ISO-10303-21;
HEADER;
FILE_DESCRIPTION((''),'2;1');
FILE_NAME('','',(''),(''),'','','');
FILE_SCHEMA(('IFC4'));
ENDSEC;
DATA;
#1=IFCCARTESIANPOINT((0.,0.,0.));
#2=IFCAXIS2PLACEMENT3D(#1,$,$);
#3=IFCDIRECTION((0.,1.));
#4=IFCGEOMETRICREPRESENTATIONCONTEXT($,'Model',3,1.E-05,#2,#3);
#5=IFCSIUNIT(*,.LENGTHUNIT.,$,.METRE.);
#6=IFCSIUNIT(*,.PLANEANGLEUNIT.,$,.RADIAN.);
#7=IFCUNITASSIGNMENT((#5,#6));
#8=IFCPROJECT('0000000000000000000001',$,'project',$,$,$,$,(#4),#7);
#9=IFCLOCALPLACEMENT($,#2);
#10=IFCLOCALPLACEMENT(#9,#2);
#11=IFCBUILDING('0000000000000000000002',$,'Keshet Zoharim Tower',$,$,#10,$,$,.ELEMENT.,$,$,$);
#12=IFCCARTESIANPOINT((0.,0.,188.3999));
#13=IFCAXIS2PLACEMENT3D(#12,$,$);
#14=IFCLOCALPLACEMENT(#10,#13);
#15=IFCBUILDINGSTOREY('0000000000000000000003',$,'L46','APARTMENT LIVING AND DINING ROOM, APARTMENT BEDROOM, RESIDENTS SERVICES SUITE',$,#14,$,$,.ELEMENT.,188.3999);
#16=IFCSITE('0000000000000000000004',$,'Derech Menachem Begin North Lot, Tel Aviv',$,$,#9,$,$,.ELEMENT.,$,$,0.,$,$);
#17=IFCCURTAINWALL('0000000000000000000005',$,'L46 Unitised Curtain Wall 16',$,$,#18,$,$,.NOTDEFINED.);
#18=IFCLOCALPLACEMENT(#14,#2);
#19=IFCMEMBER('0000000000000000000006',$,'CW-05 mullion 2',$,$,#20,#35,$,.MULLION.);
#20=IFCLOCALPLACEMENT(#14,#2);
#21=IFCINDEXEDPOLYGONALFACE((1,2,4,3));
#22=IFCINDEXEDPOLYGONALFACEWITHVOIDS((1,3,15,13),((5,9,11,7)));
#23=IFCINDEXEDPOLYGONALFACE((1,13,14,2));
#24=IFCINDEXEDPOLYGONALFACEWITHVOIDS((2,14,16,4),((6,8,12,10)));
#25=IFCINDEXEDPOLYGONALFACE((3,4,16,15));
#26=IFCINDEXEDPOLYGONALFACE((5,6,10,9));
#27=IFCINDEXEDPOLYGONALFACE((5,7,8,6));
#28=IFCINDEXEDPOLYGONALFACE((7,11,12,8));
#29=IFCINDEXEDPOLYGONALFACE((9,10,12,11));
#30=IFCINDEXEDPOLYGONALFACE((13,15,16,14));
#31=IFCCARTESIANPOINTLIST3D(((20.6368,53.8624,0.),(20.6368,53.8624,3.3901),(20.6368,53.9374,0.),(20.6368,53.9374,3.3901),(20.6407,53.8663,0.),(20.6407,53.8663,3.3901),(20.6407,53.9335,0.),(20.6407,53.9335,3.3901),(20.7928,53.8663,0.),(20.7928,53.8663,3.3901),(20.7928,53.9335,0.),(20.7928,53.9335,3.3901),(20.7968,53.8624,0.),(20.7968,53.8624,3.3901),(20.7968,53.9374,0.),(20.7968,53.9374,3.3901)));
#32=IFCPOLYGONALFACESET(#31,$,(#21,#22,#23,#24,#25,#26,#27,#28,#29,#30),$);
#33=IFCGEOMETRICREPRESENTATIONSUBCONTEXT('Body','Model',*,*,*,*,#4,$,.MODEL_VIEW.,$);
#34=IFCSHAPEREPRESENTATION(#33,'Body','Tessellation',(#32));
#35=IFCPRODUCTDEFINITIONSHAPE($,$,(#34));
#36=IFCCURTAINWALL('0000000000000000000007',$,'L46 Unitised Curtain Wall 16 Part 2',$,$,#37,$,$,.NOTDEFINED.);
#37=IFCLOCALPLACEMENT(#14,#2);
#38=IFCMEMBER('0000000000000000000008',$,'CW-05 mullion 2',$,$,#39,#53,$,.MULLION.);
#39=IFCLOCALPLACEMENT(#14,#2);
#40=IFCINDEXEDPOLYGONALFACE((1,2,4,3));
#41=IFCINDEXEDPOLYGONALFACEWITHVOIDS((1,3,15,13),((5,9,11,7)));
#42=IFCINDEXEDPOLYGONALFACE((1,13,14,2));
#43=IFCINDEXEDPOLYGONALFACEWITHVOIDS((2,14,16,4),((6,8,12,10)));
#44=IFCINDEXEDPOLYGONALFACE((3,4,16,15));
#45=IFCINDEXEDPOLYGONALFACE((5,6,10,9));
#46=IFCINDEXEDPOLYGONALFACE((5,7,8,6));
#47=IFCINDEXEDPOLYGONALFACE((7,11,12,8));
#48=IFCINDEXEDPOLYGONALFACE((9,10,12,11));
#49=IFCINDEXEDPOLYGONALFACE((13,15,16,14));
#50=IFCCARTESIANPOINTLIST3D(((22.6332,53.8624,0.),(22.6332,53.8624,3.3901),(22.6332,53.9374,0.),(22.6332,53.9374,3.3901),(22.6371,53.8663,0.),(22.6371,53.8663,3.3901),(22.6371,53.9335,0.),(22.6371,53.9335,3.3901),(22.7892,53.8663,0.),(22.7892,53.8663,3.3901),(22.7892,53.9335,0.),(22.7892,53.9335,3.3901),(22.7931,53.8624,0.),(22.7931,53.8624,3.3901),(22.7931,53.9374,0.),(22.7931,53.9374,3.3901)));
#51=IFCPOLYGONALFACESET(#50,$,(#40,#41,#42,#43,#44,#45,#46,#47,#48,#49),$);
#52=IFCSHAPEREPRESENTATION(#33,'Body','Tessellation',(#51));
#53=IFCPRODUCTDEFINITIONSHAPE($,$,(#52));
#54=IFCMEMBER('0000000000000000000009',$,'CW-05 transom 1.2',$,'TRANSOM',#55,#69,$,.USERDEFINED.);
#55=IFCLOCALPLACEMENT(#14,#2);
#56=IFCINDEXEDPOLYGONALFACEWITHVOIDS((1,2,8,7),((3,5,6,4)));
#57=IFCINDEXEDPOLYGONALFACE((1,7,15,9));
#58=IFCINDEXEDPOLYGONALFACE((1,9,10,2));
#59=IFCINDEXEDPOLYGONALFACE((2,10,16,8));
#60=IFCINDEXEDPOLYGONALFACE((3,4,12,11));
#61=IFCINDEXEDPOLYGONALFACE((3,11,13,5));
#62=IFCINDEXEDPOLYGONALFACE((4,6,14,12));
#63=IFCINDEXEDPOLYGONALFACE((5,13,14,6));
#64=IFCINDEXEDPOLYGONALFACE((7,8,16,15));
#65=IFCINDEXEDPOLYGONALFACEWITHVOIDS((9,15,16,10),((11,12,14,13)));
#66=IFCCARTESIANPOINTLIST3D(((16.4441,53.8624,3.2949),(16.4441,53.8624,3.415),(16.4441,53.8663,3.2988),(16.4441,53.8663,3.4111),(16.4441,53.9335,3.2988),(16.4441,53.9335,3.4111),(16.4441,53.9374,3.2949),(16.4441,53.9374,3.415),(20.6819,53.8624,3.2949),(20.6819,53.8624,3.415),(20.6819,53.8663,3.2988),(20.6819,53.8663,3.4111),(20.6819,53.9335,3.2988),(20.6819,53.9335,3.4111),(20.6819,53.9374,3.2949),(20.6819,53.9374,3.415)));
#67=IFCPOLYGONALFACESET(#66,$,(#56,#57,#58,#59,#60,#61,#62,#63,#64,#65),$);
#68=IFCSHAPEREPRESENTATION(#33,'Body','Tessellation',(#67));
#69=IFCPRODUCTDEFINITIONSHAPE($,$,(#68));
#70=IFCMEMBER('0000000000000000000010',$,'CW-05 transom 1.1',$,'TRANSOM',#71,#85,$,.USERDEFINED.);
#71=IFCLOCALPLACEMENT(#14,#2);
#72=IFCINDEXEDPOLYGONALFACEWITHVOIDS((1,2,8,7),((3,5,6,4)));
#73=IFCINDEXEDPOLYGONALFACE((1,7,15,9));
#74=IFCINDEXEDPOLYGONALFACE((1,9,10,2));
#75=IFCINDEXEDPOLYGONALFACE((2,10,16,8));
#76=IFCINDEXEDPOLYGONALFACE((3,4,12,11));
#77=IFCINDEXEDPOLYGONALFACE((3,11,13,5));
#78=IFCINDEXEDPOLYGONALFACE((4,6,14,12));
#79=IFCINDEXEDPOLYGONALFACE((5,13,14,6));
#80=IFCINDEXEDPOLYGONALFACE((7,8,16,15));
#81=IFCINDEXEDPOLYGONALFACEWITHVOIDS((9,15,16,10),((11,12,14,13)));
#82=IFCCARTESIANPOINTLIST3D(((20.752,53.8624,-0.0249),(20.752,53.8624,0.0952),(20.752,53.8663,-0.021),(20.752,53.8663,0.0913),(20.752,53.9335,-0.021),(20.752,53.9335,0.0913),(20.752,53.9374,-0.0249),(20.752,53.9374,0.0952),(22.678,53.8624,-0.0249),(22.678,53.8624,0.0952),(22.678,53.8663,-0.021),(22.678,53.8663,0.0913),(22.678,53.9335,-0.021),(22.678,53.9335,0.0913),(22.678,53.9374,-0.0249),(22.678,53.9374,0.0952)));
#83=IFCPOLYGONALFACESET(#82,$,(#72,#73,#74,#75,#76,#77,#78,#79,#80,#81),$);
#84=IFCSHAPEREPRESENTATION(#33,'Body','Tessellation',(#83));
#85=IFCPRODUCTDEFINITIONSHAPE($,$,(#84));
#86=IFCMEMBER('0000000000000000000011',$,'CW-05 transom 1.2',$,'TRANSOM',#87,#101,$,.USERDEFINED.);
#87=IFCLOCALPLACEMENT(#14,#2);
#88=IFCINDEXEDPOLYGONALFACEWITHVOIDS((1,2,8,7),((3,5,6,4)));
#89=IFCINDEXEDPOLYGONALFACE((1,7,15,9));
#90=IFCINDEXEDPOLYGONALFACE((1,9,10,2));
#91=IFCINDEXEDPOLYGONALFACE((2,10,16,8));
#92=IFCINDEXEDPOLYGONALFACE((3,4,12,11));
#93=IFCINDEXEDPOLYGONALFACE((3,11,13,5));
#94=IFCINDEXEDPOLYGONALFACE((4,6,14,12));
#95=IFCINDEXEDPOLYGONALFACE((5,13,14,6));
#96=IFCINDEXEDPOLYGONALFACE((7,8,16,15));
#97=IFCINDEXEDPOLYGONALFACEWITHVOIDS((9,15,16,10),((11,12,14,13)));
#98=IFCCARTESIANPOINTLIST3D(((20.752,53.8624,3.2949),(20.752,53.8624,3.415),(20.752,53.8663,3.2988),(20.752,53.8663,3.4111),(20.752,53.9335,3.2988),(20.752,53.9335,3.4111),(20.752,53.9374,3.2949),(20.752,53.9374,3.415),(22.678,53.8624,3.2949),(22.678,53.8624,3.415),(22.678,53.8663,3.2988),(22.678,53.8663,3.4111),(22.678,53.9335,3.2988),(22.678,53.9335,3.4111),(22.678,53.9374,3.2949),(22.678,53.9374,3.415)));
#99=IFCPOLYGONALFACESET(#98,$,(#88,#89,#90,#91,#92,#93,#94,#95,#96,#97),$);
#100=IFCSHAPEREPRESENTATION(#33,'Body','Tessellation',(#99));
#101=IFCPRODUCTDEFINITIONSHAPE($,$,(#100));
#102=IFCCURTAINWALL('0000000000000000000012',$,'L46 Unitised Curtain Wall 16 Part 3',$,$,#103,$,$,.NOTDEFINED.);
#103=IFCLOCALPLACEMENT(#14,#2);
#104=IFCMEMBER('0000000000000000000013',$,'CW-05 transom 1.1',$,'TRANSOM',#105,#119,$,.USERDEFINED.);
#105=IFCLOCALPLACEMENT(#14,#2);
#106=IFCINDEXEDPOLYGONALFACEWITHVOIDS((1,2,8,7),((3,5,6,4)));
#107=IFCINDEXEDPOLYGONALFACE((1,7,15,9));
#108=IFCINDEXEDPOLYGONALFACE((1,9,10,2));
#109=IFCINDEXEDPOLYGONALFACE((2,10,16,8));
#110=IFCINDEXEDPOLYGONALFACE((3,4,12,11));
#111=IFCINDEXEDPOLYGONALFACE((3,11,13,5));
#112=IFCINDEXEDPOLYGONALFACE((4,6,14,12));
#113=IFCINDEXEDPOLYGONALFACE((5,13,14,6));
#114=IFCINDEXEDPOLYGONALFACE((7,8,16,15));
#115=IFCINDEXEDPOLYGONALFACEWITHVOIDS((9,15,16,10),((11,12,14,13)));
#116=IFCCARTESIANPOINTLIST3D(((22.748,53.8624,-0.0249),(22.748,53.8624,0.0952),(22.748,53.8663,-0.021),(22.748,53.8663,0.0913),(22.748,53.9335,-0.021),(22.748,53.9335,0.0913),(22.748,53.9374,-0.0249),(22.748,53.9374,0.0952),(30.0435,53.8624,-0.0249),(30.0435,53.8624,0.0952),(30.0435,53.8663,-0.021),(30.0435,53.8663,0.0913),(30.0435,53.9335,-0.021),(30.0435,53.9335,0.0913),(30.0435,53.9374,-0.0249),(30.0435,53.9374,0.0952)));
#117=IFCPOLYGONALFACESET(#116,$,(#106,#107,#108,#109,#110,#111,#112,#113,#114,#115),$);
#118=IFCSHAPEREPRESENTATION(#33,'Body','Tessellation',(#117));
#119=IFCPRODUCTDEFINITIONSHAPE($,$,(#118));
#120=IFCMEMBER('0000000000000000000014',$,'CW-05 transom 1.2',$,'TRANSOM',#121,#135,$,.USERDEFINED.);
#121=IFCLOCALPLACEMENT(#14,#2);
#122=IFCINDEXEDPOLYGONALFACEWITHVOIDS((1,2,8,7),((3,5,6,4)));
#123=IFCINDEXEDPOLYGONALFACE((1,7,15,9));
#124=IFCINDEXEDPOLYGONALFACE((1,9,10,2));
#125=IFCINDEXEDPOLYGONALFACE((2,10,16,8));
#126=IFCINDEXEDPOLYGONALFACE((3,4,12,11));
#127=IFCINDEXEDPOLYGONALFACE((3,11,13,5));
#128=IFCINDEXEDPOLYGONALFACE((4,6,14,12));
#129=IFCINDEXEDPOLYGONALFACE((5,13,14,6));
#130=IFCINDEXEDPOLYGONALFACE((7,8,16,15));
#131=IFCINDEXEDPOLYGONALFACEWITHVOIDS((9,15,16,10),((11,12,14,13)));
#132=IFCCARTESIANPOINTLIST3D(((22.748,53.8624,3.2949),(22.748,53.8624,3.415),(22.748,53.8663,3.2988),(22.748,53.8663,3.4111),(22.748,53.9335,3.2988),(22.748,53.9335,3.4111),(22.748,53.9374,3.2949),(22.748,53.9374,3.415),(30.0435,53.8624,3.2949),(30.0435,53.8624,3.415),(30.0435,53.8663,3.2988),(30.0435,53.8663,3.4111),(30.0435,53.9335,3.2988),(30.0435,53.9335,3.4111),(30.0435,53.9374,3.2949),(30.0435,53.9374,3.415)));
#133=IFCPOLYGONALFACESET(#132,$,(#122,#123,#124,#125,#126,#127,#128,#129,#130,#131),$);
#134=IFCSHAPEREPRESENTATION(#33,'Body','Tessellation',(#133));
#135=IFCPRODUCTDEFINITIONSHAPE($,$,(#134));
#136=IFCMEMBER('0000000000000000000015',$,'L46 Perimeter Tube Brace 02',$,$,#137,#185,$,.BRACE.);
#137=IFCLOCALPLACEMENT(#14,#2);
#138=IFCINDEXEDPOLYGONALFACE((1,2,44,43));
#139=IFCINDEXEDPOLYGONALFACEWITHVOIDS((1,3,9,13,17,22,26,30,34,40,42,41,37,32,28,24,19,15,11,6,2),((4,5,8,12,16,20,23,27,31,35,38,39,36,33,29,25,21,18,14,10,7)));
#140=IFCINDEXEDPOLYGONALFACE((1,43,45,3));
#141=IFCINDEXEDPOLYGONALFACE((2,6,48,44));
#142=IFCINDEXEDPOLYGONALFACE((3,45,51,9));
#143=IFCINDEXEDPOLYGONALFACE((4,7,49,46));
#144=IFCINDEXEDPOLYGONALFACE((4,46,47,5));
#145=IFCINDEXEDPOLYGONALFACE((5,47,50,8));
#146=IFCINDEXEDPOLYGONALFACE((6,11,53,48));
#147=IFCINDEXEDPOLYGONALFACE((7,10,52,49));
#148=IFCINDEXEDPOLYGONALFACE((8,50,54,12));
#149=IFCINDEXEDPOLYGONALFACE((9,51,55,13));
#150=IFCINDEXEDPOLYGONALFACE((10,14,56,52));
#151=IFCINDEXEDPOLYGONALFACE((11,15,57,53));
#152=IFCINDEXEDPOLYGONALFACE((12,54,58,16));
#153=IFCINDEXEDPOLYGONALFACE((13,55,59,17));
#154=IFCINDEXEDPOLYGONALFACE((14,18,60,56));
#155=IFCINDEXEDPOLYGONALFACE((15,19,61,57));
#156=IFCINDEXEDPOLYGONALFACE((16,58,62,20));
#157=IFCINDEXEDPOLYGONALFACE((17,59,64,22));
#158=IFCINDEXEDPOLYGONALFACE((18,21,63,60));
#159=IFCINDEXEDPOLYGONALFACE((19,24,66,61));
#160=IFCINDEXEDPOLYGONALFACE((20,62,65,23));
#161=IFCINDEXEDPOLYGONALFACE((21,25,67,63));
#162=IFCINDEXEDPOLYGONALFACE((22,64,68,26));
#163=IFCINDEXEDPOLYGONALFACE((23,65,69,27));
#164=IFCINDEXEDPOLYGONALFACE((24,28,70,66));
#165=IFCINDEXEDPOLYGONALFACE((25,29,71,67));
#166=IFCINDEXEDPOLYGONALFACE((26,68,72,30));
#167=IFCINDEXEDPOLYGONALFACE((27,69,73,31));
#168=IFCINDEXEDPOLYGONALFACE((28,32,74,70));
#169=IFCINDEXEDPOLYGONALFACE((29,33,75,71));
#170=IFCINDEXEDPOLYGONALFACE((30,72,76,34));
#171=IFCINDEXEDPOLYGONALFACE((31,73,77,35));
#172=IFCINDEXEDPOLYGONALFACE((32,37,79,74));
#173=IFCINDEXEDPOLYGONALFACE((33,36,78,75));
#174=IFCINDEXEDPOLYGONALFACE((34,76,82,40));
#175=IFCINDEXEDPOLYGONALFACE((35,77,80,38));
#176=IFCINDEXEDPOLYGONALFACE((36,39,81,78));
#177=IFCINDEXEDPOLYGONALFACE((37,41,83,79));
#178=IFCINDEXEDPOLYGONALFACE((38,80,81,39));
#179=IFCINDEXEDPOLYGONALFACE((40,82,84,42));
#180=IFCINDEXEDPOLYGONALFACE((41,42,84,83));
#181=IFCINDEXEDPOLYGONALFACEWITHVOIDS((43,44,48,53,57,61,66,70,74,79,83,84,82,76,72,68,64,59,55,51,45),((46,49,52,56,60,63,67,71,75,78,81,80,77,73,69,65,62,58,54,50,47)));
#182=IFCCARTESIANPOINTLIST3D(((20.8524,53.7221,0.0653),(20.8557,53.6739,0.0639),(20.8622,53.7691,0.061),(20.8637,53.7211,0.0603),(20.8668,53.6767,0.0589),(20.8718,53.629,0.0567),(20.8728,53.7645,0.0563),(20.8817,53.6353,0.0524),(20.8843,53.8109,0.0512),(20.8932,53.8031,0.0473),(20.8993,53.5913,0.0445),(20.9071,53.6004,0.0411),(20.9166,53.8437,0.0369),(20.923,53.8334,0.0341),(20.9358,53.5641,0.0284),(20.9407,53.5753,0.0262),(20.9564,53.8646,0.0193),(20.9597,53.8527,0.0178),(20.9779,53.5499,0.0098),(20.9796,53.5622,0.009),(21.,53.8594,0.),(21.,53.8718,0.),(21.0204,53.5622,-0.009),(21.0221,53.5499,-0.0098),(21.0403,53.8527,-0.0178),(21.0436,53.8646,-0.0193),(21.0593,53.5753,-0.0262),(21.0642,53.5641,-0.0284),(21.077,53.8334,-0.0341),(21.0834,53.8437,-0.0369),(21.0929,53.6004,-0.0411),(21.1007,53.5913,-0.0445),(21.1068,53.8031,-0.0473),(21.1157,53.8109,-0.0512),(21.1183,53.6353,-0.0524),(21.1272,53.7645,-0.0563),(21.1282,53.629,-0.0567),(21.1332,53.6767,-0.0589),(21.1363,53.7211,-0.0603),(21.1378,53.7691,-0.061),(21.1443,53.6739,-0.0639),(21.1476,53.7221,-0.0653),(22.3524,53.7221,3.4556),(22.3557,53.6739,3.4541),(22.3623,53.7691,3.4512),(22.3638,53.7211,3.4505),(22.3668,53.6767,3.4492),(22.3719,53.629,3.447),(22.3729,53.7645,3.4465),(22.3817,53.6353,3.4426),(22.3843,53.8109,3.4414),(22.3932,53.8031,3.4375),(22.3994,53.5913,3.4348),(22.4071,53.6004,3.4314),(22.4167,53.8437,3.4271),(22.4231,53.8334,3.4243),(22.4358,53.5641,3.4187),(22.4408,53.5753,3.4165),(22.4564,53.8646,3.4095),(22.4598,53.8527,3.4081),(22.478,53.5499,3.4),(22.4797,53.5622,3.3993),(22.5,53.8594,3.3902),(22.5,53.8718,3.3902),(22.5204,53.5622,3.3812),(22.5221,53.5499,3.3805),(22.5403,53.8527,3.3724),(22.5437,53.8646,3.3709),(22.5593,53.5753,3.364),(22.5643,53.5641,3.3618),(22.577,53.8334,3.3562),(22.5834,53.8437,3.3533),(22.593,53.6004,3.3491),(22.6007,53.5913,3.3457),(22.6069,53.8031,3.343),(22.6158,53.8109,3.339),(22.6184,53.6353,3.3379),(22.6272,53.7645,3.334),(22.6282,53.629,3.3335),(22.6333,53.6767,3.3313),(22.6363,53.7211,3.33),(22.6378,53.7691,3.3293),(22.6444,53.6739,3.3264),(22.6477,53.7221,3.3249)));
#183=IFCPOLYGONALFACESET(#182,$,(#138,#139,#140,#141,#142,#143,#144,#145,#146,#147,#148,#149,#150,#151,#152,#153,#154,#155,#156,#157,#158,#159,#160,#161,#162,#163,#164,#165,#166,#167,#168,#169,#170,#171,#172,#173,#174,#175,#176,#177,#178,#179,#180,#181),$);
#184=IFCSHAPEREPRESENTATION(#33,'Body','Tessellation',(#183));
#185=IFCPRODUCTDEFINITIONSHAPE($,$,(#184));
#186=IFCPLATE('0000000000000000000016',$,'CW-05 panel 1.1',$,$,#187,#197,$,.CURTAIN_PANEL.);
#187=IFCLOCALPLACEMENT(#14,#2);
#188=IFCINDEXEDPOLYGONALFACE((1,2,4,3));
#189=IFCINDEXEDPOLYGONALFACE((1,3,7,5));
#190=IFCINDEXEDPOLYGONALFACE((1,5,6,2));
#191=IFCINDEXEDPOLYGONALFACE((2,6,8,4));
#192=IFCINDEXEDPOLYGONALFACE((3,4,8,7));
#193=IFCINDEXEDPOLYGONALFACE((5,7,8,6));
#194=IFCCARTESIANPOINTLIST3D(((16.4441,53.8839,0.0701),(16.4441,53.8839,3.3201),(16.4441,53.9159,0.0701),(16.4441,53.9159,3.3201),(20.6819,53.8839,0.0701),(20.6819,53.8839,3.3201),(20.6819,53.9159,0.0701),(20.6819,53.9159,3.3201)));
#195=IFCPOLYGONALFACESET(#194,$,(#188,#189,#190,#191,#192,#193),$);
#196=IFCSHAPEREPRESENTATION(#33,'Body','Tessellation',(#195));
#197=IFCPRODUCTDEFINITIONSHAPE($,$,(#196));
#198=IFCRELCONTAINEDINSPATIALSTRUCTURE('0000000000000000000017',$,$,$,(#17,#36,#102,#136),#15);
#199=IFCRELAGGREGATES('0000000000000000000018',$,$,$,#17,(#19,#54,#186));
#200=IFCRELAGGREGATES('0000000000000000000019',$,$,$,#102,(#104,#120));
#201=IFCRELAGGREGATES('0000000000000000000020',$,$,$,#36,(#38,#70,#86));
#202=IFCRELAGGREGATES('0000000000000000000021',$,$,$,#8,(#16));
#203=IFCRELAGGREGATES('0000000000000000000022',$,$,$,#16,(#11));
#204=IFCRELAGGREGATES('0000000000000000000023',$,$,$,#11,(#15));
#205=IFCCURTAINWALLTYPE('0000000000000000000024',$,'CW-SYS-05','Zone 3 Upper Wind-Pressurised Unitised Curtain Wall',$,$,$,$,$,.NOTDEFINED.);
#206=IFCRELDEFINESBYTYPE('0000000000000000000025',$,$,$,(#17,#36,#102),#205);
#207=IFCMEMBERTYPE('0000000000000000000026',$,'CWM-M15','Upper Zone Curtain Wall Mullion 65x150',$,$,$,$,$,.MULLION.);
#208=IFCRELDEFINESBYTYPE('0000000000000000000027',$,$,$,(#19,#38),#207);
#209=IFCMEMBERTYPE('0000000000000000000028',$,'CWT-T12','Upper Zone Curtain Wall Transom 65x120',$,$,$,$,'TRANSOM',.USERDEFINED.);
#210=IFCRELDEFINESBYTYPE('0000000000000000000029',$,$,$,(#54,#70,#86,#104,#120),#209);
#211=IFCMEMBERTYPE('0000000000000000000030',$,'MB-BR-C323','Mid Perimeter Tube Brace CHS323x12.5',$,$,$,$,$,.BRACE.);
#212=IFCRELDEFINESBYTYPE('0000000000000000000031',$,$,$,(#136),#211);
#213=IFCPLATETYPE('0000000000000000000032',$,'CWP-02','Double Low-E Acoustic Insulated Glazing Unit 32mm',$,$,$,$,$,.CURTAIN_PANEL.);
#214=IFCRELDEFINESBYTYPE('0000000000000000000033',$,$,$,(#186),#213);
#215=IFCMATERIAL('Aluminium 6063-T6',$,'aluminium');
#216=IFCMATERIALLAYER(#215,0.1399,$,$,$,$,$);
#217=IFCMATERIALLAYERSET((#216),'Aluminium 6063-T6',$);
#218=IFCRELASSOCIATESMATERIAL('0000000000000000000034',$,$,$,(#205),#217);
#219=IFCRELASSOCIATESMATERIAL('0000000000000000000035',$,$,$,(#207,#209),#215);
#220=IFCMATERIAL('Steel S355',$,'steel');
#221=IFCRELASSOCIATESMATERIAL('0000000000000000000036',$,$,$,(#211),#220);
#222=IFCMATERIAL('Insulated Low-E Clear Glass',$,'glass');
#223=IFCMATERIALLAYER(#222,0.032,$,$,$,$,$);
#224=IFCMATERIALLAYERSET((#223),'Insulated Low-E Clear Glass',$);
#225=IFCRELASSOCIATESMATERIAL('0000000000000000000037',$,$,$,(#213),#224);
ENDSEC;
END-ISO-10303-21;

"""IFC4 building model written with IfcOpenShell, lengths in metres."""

from ifc_helpers import new_model, si_unit, direction, frame, origin, origin_2d, place, context, subcontext, project, spatial, rectangle, hollow_rectangle, hollow_circle, extrude, material, layer, layer_set, material_profile, profile_set, type_object, element, aggregate, save


model = new_model("IFC4")

# Units and contexts
model_context = context("Model", 3, precision=1e-05, world=origin(), true_north=direction((0.0, 1.0)))
body_context = subcontext(model_context, "Body", "Model", "MODEL_VIEW")
ifc_project = project(units=[si_unit("LENGTHUNIT", "METRE"), si_unit("PLANEANGLEUNIT", "RADIAN")], contexts=[model_context])

# Site, building, storey
site_placement = place(None, origin())
site = spatial("IfcSite", under=ifc_project, at=site_placement, Name="Derech Menachem Begin North Lot, Tel Aviv", CompositionType="ELEMENT", RefElevation=0.0)
building_placement = place(site_placement, origin())
building = spatial("IfcBuilding", under=site, at=building_placement, Name="Keshet Zoharim Tower", CompositionType="ELEMENT")
storey_placement = place(building_placement, frame((0.0, 0.0, 188.3999)))
storey = spatial("IfcBuildingStorey", under=building, at=storey_placement, Name="L46", Description="APARTMENT LIVING AND DINING ROOM, APARTMENT BEDROOM, RESIDENTS SERVICES SUITE", CompositionType="ELEMENT", Elevation=188.3999)

# Shared definitions
ifc_material_1 = material(Name="Steel S355", Category="steel")

# Curtain walls, members
ifc_material_2 = material(Name="Aluminium 6063-T6", Category="aluminium")
ifc_layer_1 = layer(ifc_material_2, 0.1399)
ifc_layer_set_1 = layer_set([ifc_layer_1], Name="Aluminium 6063-T6")
curtain_wall_type = type_object("IfcCurtainWallType", Name="CW-SYS-05", Description="Zone 3 Upper Wind-Pressurised Unitised Curtain Wall", PredefinedType="NOTDEFINED", material=ifc_layer_set_1)
curtain_wall_1_placement = place(storey_placement, origin())
curtain_wall_1 = element("IfcCurtainWall", 1, at=curtain_wall_1_placement, inside=storey, type_object=curtain_wall_type, Name="L46 Unitised Curtain Wall 16", PredefinedType="NOTDEFINED")
ifc_material_profile_1 = material_profile(ifc_material_2, hollow_rectangle(XDim=0.075, YDim=0.1599, WallThickness=0.0039, at=origin_2d()), Name="MUL-75x160")
ifc_profile_set_1 = profile_set([ifc_material_profile_1], Name="Aluminium 6063-T6")
member_type_1 = type_object("IfcMemberType", Name="CWM-M15", Description="Upper Zone Curtain Wall Mullion 65x150", PredefinedType="MULLION", material=ifc_profile_set_1)
member_1_placement = place(storey_placement, frame((20.7168, 53.8999, 0.0), z_axis=(0.0, 0.0, 1.0), x_axis=(0.0, 1.0, 0.0)))
member_1 = element("IfcMember", 2, at=member_1_placement, type_object=member_type_1, Name="CW-05 mullion 2", PredefinedType="MULLION", context=body_context, shape_type="SweptSolid", body=[
    extrude(hollow_rectangle(XDim=0.075, YDim=0.1599, WallThickness=0.0039, at=origin_2d()), origin(), (0.0, 0.0, 1.0), 3.3901),
])
curtain_wall_2_placement = place(storey_placement, origin())
curtain_wall_2 = element("IfcCurtainWall", 3, at=curtain_wall_2_placement, inside=storey, type_object=curtain_wall_type, Name="L46 Unitised Curtain Wall 16 Part 2", PredefinedType="NOTDEFINED")
member_2_placement = place(storey_placement, frame((22.7131, 53.8999, 0.0), z_axis=(0.0, 0.0, 1.0), x_axis=(0.0, 1.0, 0.0)))
member_2 = element("IfcMember", 4, at=member_2_placement, type_object=member_type_1, Name="CW-05 mullion 2", PredefinedType="MULLION", context=body_context, shape_type="SweptSolid", body=[
    extrude(hollow_rectangle(XDim=0.075, YDim=0.1599, WallThickness=0.0039, at=origin_2d()), origin(), (0.0, 0.0, 1.0), 3.3901),
])

# Members
ifc_material_profile_2 = material_profile(ifc_material_2, hollow_rectangle(XDim=0.075, YDim=0.1201, WallThickness=0.0039, at=origin_2d()), Name="TRN-75x120")
ifc_profile_set_2 = profile_set([ifc_material_profile_2], Name="Aluminium 6063-T6")
member_type_2 = type_object("IfcMemberType", Name="CWT-T12", Description="Upper Zone Curtain Wall Transom 65x120", ElementType="TRANSOM", PredefinedType="USERDEFINED", material=ifc_profile_set_2)
member_3_placement = place(storey_placement, frame((16.4441, 53.8999, 3.355), z_axis=(1.0, 0.0, 0.0), x_axis=(0.0, 1.0, 0.0)))
member_3 = element("IfcMember", 5, at=member_3_placement, type_object=member_type_2, Name="CW-05 transom 1.2", ObjectType="TRANSOM", PredefinedType="USERDEFINED", context=body_context, shape_type="SweptSolid", body=[
    extrude(hollow_rectangle(XDim=0.075, YDim=0.1201, WallThickness=0.0039, at=origin_2d()), origin(), (0.0, 0.0, 1.0), 4.2378),
])
member_4_placement = place(storey_placement, frame((20.752, 53.8999, 0.0352), z_axis=(1.0, 0.0, 0.0), x_axis=(0.0, 1.0, 0.0)))
member_4 = element("IfcMember", 6, at=member_4_placement, type_object=member_type_2, Name="CW-05 transom 1.1", ObjectType="TRANSOM", PredefinedType="USERDEFINED", context=body_context, shape_type="SweptSolid", body=[
    extrude(hollow_rectangle(XDim=0.075, YDim=0.1201, WallThickness=0.0039, at=origin_2d()), origin(), (0.0, 0.0, 1.0), 1.926),
])
member_5_placement = place(storey_placement, frame((20.752, 53.8999, 3.355), z_axis=(1.0, 0.0, 0.0), x_axis=(0.0, 1.0, 0.0)))
member_5 = element("IfcMember", 7, at=member_5_placement, type_object=member_type_2, Name="CW-05 transom 1.2", ObjectType="TRANSOM", PredefinedType="USERDEFINED", context=body_context, shape_type="SweptSolid", body=[
    extrude(hollow_rectangle(XDim=0.075, YDim=0.1201, WallThickness=0.0039, at=origin_2d()), origin(), (0.0, 0.0, 1.0), 1.926),
])

# Curtain wall, members
curtain_wall_3_placement = place(storey_placement, origin())
curtain_wall_3 = element("IfcCurtainWall", 8, at=curtain_wall_3_placement, inside=storey, type_object=curtain_wall_type, Name="L46 Unitised Curtain Wall 16 Part 3", PredefinedType="NOTDEFINED")
member_6_placement = place(storey_placement, frame((22.748, 53.8999, 0.0352), z_axis=(1.0, 0.0, 0.0), x_axis=(0.0, 1.0, 0.0)))
member_6 = element("IfcMember", 9, at=member_6_placement, type_object=member_type_2, Name="CW-05 transom 1.1", ObjectType="TRANSOM", PredefinedType="USERDEFINED", context=body_context, shape_type="SweptSolid", body=[
    extrude(hollow_rectangle(XDim=0.075, YDim=0.1201, WallThickness=0.0039, at=origin_2d()), origin(), (0.0, 0.0, 1.0), 7.2954),
])
member_7_placement = place(storey_placement, frame((22.748, 53.8999, 3.355), z_axis=(1.0, 0.0, 0.0), x_axis=(0.0, 1.0, 0.0)))
member_7 = element("IfcMember", 10, at=member_7_placement, type_object=member_type_2, Name="CW-05 transom 1.2", ObjectType="TRANSOM", PredefinedType="USERDEFINED", context=body_context, shape_type="SweptSolid", body=[
    extrude(hollow_rectangle(XDim=0.075, YDim=0.1201, WallThickness=0.0039, at=origin_2d()), origin(), (0.0, 0.0, 1.0), 7.2954),
])

# Member
ifc_material_profile_3 = material_profile(ifc_material_1, hollow_circle(Radius=0.1619, WallThickness=0.0125, at=origin_2d()), Name="CHS323x12.5")
ifc_profile_set_3 = profile_set([ifc_material_profile_3], Name="Steel S355")
member_type_3 = type_object("IfcMemberType", Name="MB-BR-C323", Description="Mid Perimeter Tube Brace CHS323x12.5", PredefinedType="BRACE", material=ifc_profile_set_3)
member_8_placement = place(storey_placement, frame((21.0, 53.71, 0.0), z_axis=(0.404623, 0.0, 0.914484), x_axis=(0.0, 1.0, 0.0)))
element("IfcMember", 11, at=member_8_placement, inside=storey, type_object=member_type_3, Name="L46 Perimeter Tube Brace 02", PredefinedType="BRACE", context=body_context, shape_type="SweptSolid", body=[
    extrude(hollow_circle(Radius=0.1619, WallThickness=0.0125, at=origin_2d()), origin(), (0.0, 0.0, 1.0), 3.7073),
])

# Plate
ifc_material_3 = material(Name="Insulated Low-E Clear Glass", Category="glass")
ifc_layer_2 = layer(ifc_material_3, 0.032)
ifc_layer_set_2 = layer_set([ifc_layer_2], Name="Insulated Low-E Clear Glass")
plate_type_1 = type_object("IfcPlateType", Name="CWP-02", Description="Double Low-E Acoustic Insulated Glazing Unit 32mm", PredefinedType="CURTAIN_PANEL", material=ifc_layer_set_2)
plate_1_placement = place(storey_placement, frame((18.563, 53.8999, 0.0701), z_axis=(0.0, 0.0, 1.0), x_axis=(1.0, 0.0, 0.0)))
plate_1 = element("IfcPlate", 12, at=plate_1_placement, type_object=plate_type_1, Name="CW-05 panel 1.1", PredefinedType="CURTAIN_PANEL", context=body_context, shape_type="SweptSolid", body=[
    extrude(rectangle(XDim=4.2378, YDim=0.032, at=origin_2d()), origin(), (0.0, 0.0, 1.0), 3.25),
])
aggregate(curtain_wall_1, [member_1, member_3, plate_1])
aggregate(curtain_wall_3, [member_6, member_7])
aggregate(curtain_wall_2, [member_2, member_4, member_5])

save(model, "model.ifc")
